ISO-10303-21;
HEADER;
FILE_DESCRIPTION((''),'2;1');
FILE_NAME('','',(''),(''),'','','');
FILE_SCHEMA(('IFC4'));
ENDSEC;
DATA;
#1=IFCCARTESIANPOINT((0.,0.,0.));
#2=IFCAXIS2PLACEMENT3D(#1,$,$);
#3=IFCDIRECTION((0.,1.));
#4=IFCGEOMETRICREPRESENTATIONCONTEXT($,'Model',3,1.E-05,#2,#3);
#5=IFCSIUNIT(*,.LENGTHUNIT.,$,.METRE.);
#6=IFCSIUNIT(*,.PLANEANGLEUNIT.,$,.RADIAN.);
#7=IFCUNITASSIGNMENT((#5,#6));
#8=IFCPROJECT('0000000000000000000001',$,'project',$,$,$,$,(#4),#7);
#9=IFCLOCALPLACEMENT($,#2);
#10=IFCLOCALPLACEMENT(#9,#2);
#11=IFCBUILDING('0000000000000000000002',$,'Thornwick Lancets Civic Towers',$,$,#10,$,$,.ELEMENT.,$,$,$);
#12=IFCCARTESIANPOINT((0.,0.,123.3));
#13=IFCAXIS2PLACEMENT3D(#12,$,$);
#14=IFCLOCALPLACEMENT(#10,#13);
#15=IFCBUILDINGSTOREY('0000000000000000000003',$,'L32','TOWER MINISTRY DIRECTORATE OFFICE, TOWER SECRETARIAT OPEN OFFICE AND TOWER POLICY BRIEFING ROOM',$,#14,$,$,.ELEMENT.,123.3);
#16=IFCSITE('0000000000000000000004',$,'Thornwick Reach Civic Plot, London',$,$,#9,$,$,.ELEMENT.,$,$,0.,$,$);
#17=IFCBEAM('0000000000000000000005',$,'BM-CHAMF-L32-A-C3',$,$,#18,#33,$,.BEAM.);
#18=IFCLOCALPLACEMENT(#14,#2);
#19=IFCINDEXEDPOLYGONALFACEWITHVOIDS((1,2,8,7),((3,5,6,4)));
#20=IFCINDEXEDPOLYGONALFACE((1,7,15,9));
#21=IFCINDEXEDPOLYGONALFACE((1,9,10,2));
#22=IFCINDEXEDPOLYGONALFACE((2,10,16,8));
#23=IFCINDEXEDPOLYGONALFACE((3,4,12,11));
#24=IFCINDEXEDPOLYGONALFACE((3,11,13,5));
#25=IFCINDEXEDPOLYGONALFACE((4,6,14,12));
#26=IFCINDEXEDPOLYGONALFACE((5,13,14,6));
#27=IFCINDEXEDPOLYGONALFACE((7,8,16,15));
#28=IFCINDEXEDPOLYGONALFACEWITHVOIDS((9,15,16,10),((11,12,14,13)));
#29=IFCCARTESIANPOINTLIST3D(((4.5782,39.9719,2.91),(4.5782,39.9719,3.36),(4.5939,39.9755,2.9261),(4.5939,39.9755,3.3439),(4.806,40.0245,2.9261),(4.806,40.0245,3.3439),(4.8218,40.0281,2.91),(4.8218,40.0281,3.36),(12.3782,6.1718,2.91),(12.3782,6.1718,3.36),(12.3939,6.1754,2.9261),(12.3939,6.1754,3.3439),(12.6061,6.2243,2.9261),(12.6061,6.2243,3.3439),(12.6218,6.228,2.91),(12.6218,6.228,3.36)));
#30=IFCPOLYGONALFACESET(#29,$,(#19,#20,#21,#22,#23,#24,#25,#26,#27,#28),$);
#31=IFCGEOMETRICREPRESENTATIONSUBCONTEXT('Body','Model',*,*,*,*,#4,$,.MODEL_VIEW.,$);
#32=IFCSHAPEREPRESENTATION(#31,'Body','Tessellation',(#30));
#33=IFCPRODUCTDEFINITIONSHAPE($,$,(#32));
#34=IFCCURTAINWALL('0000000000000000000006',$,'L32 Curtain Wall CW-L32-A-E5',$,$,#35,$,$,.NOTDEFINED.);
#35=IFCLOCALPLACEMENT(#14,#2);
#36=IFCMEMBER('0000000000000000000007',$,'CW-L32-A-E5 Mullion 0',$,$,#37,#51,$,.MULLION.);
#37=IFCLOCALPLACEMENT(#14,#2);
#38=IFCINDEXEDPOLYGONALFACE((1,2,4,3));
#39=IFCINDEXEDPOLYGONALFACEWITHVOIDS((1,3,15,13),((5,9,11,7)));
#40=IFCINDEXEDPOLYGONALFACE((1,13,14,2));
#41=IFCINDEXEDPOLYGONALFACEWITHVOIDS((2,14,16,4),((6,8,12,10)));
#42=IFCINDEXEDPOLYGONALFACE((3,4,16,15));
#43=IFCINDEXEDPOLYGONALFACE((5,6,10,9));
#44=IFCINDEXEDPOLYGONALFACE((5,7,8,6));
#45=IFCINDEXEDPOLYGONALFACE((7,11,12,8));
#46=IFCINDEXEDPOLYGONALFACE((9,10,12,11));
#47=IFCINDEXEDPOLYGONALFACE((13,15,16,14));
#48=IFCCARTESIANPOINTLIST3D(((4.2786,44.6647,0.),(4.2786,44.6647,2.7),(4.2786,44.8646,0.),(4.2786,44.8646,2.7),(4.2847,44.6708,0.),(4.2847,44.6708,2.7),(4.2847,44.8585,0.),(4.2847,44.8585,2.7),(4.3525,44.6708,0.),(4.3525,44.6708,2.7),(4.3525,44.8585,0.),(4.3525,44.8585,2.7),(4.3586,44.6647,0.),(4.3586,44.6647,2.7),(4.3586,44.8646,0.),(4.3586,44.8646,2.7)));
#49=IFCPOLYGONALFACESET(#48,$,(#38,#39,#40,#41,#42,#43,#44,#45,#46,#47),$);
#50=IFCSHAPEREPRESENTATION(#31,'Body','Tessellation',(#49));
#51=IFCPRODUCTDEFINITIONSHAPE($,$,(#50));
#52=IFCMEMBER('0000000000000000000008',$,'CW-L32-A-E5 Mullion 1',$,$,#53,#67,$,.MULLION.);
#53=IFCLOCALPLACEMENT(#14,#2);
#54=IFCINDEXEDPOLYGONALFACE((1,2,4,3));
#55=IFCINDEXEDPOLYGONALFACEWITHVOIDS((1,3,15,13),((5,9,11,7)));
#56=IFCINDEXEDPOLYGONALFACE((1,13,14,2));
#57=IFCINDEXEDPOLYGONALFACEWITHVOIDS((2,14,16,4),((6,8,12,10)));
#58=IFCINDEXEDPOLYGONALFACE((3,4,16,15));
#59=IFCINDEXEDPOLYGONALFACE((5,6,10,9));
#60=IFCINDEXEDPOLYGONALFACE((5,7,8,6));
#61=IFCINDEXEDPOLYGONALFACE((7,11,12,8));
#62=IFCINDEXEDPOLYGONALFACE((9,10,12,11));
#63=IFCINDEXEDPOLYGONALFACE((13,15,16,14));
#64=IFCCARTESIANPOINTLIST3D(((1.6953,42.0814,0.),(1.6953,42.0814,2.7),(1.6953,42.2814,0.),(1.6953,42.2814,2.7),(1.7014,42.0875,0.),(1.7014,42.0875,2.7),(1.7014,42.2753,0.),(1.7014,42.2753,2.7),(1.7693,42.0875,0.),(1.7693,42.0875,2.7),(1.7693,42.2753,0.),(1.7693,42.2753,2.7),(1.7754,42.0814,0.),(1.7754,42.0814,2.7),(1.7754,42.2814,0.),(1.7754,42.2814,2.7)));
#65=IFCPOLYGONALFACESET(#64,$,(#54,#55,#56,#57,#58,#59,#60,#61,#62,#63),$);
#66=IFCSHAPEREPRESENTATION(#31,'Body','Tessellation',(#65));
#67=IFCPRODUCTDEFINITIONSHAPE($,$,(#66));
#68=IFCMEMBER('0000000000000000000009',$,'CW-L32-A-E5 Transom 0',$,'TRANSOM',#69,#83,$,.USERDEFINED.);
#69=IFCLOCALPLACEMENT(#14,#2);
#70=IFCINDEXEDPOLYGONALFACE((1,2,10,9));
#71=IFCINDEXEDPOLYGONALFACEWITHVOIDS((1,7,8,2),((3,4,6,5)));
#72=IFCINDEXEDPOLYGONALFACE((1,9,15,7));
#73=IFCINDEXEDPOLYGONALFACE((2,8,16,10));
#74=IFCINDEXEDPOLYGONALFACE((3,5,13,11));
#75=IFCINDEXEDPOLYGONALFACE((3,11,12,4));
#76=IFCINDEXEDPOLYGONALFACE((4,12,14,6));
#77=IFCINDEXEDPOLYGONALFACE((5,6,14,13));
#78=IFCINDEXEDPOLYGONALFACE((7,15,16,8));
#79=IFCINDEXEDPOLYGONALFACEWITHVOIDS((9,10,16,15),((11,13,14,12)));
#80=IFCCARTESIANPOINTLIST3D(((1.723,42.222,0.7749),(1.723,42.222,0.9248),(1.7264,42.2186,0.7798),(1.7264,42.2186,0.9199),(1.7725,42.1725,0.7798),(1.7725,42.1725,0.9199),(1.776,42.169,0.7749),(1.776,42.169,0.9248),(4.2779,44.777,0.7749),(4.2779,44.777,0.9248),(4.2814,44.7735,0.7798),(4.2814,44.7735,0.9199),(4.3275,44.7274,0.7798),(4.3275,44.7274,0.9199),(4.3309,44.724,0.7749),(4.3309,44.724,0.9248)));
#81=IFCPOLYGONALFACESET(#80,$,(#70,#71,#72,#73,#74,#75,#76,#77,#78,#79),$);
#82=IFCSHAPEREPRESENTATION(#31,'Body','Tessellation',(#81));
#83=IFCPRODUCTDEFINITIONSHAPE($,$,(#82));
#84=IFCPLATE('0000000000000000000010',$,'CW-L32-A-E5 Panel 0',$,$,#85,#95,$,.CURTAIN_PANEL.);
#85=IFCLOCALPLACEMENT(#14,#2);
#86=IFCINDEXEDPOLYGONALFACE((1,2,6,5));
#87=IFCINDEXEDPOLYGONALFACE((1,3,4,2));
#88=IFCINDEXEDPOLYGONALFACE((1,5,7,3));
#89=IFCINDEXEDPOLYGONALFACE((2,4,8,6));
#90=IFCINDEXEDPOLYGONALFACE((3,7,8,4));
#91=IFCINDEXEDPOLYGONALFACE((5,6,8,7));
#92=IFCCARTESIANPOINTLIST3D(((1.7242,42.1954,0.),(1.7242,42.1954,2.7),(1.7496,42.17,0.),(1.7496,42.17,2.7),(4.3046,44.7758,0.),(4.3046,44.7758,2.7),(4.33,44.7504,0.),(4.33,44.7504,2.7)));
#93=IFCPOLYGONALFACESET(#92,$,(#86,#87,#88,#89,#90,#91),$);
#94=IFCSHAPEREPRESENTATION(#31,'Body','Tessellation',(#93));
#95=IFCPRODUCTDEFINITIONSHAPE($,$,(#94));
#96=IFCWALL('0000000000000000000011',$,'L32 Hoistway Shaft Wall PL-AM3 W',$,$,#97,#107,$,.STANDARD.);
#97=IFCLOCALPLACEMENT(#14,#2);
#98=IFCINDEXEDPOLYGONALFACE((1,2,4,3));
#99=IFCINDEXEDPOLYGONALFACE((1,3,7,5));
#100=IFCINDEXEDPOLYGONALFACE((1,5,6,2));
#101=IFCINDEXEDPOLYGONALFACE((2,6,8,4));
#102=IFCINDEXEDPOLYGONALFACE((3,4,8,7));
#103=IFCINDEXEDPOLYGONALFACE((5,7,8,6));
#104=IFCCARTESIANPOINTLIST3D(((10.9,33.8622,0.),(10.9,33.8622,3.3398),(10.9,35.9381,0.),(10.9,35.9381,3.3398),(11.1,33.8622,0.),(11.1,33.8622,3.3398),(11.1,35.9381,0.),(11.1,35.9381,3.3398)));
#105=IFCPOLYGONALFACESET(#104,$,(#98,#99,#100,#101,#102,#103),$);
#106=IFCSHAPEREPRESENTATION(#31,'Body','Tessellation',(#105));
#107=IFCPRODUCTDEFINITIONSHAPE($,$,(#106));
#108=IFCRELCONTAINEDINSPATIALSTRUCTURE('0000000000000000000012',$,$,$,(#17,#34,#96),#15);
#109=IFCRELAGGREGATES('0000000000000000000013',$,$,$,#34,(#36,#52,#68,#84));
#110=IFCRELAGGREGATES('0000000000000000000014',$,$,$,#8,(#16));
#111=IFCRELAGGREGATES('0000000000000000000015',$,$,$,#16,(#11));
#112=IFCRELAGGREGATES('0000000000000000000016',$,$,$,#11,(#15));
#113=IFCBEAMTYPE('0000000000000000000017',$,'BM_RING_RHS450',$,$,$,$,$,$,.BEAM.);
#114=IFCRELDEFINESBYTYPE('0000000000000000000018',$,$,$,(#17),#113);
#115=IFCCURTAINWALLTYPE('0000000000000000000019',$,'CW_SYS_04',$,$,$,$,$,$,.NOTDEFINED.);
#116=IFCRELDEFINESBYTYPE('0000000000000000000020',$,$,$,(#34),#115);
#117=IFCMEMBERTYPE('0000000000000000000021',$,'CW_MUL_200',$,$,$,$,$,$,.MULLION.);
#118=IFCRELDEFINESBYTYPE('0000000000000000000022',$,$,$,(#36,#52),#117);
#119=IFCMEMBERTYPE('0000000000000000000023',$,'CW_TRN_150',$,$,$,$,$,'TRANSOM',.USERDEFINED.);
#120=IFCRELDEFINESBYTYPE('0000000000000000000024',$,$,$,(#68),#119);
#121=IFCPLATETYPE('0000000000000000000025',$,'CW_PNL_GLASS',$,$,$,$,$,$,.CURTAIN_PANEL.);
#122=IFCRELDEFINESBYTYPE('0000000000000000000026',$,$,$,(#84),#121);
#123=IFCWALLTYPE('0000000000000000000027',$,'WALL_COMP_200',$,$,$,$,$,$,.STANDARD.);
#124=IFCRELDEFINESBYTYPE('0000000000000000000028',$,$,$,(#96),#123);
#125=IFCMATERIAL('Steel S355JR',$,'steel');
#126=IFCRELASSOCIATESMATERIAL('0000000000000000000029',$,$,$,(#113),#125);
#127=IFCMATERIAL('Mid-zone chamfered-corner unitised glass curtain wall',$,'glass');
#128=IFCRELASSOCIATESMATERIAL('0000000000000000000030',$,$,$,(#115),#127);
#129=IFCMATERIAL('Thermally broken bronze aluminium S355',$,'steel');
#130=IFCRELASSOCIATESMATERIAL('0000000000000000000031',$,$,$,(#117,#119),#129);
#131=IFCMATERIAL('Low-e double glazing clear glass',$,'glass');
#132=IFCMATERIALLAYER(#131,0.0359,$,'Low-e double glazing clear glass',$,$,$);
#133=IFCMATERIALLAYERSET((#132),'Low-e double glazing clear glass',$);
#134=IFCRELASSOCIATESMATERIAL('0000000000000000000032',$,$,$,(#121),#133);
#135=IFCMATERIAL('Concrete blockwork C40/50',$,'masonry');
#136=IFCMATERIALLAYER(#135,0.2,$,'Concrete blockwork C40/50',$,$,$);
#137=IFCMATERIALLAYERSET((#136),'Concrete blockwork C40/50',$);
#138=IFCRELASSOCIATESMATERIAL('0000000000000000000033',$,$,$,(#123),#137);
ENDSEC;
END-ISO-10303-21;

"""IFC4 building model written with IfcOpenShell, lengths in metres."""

from ifc_helpers import new_model, si_unit, direction, frame, frame_2d, origin, origin_2d, place, context, subcontext, project, spatial, rectangle, hollow_rectangle, extrude, material, layer, layer_set, material_profile, profile_set, type_object, element, aggregate, save


model = new_model("IFC4")

# Units and contexts
model_context = context("Model", 3, precision=1e-05, world=origin(), true_north=direction((0.0, 1.0)))
body_context = subcontext(model_context, "Body", "Model", "MODEL_VIEW")
ifc_project = project(units=[si_unit("LENGTHUNIT", "METRE"), si_unit("PLANEANGLEUNIT", "RADIAN")], contexts=[model_context])

# Site, building, storey
site_placement = place(None, origin())
site = spatial("IfcSite", under=ifc_project, at=site_placement, Name="Thornwick Reach Civic Plot, London", CompositionType="ELEMENT", RefElevation=0.0)
building_placement = place(site_placement, origin())
building = spatial("IfcBuilding", under=site, at=building_placement, Name="Thornwick Lancets Civic Towers", CompositionType="ELEMENT")
storey_placement = place(building_placement, frame((0.0, 0.0, 123.3)))
storey = spatial("IfcBuildingStorey", under=building, at=storey_placement, Name="L32", Description="TOWER MINISTRY DIRECTORATE OFFICE, TOWER SECRETARIAT OPEN OFFICE AND TOWER POLICY BRIEFING ROOM", CompositionType="ELEMENT", Elevation=123.3)

# Beam
ifc_material_1 = material(Name="Steel S355JR", Category="steel")
ifc_material_profile_1 = material_profile(ifc_material_1, hollow_rectangle(XDim=0.25, YDim=0.45, WallThickness=0.0161, at=origin_2d()), Name="RHS 450x250x16")
ifc_profile_set_1 = profile_set([ifc_material_profile_1], Name="Steel S355JR")
beam_type_1 = type_object("IfcBeamType", Name="BM_RING_RHS450", PredefinedType="BEAM", material=ifc_profile_set_1)
beam_1_placement = place(storey_placement, frame((4.7, 40.0, 3.135), z_axis=(0.224861, -0.974391, 0.0), x_axis=(0.974391, 0.224861, 0.0)))
element("IfcBeam", 1, at=beam_1_placement, inside=storey, type_object=beam_type_1, Name="BM-CHAMF-L32-A-C3", PredefinedType="BEAM", context=body_context, shape_type="SweptSolid", body=[
    extrude(hollow_rectangle(XDim=0.25, YDim=0.45, WallThickness=0.0161, at=origin_2d()), origin(), (0.0, 0.0, 1.0), 34.6885),
])

# Curtain wall, members, plate
ifc_material_2 = material(Name="Mid-zone chamfered-corner unitised glass curtain wall", Category="glass")
curtain_wall_type = type_object("IfcCurtainWallType", Name="CW_SYS_04", PredefinedType="NOTDEFINED", material=ifc_material_2)
curtain_wall_placement = place(storey_placement, origin())
curtain_wall = element("IfcCurtainWall", 2, at=curtain_wall_placement, inside=storey, type_object=curtain_wall_type, Name="L32 Curtain Wall CW-L32-A-E5", PredefinedType="NOTDEFINED")
ifc_material_3 = material(Name="Thermally broken bronze aluminium S355", Category="steel")
ifc_material_profile_2 = material_profile(ifc_material_3, hollow_rectangle(XDim=0.0801, YDim=0.2, WallThickness=0.0061, at=origin_2d()), Name="RHS 200x80x6")
ifc_profile_set_2 = profile_set([ifc_material_profile_2], Name="Thermally broken bronze aluminium S355")
member_type_1 = type_object("IfcMemberType", Name="CW_MUL_200", PredefinedType="MULLION", material=ifc_profile_set_2)
member_1_placement = place(storey_placement, frame((4.3186, 44.7646, 0.0), z_axis=(0.0, 0.0, 1.0), x_axis=(1.0, 0.0, 0.0)))
member_1 = element("IfcMember", 3, at=member_1_placement, type_object=member_type_1, Name="CW-L32-A-E5 Mullion 0", PredefinedType="MULLION", context=body_context, shape_type="SweptSolid", body=[
    extrude(hollow_rectangle(XDim=0.0801, YDim=0.2, WallThickness=0.0061, at=origin_2d()), origin(), (0.0, 0.0, 1.0), 2.7),
])
member_2_placement = place(storey_placement, frame((1.7354, 42.1814, 0.0), z_axis=(0.0, 0.0, 1.0), x_axis=(1.0, 0.0, 0.0)))
member_2 = element("IfcMember", 4, at=member_2_placement, type_object=member_type_1, Name="CW-L32-A-E5 Mullion 1", PredefinedType="MULLION", context=body_context, shape_type="SweptSolid", body=[
    extrude(hollow_rectangle(XDim=0.0801, YDim=0.2, WallThickness=0.0061, at=origin_2d()), origin(), (0.0, 0.0, 1.0), 2.7),
])
ifc_material_profile_3 = material_profile(ifc_material_3, hollow_rectangle(XDim=0.075, YDim=0.1499, WallThickness=0.0049, at=origin_2d()), Name="RHS 150x75x5")
ifc_profile_set_3 = profile_set([ifc_material_profile_3], Name="Thermally broken bronze aluminium S355")
member_type_2 = type_object("IfcMemberType", Name="CW_TRN_150", ElementType="TRANSOM", PredefinedType="USERDEFINED", material=ifc_profile_set_3)
member_3_placement = place(storey_placement, frame((4.3044, 44.7505, 0.8499), z_axis=(-0.707107, -0.707107, 0.0), x_axis=(0.707107, -0.707107, 0.0)))
member_3 = element("IfcMember", 5, at=member_3_placement, type_object=member_type_2, Name="CW-L32-A-E5 Transom 0", ObjectType="TRANSOM", PredefinedType="USERDEFINED", context=body_context, shape_type="SweptSolid", body=[
    extrude(hollow_rectangle(XDim=0.075, YDim=0.1499, WallThickness=0.0049, at=origin_2d()), origin(), (0.0, 0.0, 1.0), 3.6133),
])
ifc_material_4 = material(Name="Low-e double glazing clear glass", Category="glass")
ifc_layer_1 = layer(ifc_material_4, 0.0359, Name="Low-e double glazing clear glass")
ifc_layer_set_1 = layer_set([ifc_layer_1], Name="Low-e double glazing clear glass")
plate_type = type_object("IfcPlateType", Name="CW_PNL_GLASS", PredefinedType="CURTAIN_PANEL", material=ifc_layer_set_1)
plate_placement = place(storey_placement, frame((3.0271, 43.4729, 0.0), z_axis=(0.0, 0.0, 1.0), x_axis=(-0.707107, -0.707107, 0.0)))
plate = element("IfcPlate", 6, at=plate_placement, type_object=plate_type, Name="CW-L32-A-E5 Panel 0", PredefinedType="CURTAIN_PANEL", context=body_context, shape_type="SweptSolid", body=[
    extrude(rectangle(XDim=3.6492, YDim=0.0359, at=origin_2d()), origin(), (0.0, 0.0, 1.0), 2.7),
])
aggregate(curtain_wall, [member_1, member_2, member_3, plate])

# Wall
ifc_material_5 = material(Name="Concrete blockwork C40/50", Category="masonry")
ifc_layer_2 = layer(ifc_material_5, 0.2, Name="Concrete blockwork C40/50")
ifc_layer_set_2 = layer_set([ifc_layer_2], Name="Concrete blockwork C40/50")
wall_type_1 = type_object("IfcWallType", Name="WALL_COMP_200", PredefinedType="STANDARD", material=ifc_layer_set_2)
wall_1_placement = place(storey_placement, frame((11.0, 33.8621, 0.0), z_axis=(0.0, 0.0, 1.0), x_axis=(0.0, 1.0, 0.0)))
element("IfcWall", 7, at=wall_1_placement, inside=storey, type_object=wall_type_1, Name="L32 Hoistway Shaft Wall PL-AM3 W", PredefinedType="STANDARD", context=body_context, shape_type="SweptSolid", body=[
    extrude(rectangle(XDim=2.0759, YDim=0.2, at=frame_2d((1.0381, 0.0))), origin(), (0.0, 0.0, 1.0), 3.3398),
])

save(model, "model.ifc")
